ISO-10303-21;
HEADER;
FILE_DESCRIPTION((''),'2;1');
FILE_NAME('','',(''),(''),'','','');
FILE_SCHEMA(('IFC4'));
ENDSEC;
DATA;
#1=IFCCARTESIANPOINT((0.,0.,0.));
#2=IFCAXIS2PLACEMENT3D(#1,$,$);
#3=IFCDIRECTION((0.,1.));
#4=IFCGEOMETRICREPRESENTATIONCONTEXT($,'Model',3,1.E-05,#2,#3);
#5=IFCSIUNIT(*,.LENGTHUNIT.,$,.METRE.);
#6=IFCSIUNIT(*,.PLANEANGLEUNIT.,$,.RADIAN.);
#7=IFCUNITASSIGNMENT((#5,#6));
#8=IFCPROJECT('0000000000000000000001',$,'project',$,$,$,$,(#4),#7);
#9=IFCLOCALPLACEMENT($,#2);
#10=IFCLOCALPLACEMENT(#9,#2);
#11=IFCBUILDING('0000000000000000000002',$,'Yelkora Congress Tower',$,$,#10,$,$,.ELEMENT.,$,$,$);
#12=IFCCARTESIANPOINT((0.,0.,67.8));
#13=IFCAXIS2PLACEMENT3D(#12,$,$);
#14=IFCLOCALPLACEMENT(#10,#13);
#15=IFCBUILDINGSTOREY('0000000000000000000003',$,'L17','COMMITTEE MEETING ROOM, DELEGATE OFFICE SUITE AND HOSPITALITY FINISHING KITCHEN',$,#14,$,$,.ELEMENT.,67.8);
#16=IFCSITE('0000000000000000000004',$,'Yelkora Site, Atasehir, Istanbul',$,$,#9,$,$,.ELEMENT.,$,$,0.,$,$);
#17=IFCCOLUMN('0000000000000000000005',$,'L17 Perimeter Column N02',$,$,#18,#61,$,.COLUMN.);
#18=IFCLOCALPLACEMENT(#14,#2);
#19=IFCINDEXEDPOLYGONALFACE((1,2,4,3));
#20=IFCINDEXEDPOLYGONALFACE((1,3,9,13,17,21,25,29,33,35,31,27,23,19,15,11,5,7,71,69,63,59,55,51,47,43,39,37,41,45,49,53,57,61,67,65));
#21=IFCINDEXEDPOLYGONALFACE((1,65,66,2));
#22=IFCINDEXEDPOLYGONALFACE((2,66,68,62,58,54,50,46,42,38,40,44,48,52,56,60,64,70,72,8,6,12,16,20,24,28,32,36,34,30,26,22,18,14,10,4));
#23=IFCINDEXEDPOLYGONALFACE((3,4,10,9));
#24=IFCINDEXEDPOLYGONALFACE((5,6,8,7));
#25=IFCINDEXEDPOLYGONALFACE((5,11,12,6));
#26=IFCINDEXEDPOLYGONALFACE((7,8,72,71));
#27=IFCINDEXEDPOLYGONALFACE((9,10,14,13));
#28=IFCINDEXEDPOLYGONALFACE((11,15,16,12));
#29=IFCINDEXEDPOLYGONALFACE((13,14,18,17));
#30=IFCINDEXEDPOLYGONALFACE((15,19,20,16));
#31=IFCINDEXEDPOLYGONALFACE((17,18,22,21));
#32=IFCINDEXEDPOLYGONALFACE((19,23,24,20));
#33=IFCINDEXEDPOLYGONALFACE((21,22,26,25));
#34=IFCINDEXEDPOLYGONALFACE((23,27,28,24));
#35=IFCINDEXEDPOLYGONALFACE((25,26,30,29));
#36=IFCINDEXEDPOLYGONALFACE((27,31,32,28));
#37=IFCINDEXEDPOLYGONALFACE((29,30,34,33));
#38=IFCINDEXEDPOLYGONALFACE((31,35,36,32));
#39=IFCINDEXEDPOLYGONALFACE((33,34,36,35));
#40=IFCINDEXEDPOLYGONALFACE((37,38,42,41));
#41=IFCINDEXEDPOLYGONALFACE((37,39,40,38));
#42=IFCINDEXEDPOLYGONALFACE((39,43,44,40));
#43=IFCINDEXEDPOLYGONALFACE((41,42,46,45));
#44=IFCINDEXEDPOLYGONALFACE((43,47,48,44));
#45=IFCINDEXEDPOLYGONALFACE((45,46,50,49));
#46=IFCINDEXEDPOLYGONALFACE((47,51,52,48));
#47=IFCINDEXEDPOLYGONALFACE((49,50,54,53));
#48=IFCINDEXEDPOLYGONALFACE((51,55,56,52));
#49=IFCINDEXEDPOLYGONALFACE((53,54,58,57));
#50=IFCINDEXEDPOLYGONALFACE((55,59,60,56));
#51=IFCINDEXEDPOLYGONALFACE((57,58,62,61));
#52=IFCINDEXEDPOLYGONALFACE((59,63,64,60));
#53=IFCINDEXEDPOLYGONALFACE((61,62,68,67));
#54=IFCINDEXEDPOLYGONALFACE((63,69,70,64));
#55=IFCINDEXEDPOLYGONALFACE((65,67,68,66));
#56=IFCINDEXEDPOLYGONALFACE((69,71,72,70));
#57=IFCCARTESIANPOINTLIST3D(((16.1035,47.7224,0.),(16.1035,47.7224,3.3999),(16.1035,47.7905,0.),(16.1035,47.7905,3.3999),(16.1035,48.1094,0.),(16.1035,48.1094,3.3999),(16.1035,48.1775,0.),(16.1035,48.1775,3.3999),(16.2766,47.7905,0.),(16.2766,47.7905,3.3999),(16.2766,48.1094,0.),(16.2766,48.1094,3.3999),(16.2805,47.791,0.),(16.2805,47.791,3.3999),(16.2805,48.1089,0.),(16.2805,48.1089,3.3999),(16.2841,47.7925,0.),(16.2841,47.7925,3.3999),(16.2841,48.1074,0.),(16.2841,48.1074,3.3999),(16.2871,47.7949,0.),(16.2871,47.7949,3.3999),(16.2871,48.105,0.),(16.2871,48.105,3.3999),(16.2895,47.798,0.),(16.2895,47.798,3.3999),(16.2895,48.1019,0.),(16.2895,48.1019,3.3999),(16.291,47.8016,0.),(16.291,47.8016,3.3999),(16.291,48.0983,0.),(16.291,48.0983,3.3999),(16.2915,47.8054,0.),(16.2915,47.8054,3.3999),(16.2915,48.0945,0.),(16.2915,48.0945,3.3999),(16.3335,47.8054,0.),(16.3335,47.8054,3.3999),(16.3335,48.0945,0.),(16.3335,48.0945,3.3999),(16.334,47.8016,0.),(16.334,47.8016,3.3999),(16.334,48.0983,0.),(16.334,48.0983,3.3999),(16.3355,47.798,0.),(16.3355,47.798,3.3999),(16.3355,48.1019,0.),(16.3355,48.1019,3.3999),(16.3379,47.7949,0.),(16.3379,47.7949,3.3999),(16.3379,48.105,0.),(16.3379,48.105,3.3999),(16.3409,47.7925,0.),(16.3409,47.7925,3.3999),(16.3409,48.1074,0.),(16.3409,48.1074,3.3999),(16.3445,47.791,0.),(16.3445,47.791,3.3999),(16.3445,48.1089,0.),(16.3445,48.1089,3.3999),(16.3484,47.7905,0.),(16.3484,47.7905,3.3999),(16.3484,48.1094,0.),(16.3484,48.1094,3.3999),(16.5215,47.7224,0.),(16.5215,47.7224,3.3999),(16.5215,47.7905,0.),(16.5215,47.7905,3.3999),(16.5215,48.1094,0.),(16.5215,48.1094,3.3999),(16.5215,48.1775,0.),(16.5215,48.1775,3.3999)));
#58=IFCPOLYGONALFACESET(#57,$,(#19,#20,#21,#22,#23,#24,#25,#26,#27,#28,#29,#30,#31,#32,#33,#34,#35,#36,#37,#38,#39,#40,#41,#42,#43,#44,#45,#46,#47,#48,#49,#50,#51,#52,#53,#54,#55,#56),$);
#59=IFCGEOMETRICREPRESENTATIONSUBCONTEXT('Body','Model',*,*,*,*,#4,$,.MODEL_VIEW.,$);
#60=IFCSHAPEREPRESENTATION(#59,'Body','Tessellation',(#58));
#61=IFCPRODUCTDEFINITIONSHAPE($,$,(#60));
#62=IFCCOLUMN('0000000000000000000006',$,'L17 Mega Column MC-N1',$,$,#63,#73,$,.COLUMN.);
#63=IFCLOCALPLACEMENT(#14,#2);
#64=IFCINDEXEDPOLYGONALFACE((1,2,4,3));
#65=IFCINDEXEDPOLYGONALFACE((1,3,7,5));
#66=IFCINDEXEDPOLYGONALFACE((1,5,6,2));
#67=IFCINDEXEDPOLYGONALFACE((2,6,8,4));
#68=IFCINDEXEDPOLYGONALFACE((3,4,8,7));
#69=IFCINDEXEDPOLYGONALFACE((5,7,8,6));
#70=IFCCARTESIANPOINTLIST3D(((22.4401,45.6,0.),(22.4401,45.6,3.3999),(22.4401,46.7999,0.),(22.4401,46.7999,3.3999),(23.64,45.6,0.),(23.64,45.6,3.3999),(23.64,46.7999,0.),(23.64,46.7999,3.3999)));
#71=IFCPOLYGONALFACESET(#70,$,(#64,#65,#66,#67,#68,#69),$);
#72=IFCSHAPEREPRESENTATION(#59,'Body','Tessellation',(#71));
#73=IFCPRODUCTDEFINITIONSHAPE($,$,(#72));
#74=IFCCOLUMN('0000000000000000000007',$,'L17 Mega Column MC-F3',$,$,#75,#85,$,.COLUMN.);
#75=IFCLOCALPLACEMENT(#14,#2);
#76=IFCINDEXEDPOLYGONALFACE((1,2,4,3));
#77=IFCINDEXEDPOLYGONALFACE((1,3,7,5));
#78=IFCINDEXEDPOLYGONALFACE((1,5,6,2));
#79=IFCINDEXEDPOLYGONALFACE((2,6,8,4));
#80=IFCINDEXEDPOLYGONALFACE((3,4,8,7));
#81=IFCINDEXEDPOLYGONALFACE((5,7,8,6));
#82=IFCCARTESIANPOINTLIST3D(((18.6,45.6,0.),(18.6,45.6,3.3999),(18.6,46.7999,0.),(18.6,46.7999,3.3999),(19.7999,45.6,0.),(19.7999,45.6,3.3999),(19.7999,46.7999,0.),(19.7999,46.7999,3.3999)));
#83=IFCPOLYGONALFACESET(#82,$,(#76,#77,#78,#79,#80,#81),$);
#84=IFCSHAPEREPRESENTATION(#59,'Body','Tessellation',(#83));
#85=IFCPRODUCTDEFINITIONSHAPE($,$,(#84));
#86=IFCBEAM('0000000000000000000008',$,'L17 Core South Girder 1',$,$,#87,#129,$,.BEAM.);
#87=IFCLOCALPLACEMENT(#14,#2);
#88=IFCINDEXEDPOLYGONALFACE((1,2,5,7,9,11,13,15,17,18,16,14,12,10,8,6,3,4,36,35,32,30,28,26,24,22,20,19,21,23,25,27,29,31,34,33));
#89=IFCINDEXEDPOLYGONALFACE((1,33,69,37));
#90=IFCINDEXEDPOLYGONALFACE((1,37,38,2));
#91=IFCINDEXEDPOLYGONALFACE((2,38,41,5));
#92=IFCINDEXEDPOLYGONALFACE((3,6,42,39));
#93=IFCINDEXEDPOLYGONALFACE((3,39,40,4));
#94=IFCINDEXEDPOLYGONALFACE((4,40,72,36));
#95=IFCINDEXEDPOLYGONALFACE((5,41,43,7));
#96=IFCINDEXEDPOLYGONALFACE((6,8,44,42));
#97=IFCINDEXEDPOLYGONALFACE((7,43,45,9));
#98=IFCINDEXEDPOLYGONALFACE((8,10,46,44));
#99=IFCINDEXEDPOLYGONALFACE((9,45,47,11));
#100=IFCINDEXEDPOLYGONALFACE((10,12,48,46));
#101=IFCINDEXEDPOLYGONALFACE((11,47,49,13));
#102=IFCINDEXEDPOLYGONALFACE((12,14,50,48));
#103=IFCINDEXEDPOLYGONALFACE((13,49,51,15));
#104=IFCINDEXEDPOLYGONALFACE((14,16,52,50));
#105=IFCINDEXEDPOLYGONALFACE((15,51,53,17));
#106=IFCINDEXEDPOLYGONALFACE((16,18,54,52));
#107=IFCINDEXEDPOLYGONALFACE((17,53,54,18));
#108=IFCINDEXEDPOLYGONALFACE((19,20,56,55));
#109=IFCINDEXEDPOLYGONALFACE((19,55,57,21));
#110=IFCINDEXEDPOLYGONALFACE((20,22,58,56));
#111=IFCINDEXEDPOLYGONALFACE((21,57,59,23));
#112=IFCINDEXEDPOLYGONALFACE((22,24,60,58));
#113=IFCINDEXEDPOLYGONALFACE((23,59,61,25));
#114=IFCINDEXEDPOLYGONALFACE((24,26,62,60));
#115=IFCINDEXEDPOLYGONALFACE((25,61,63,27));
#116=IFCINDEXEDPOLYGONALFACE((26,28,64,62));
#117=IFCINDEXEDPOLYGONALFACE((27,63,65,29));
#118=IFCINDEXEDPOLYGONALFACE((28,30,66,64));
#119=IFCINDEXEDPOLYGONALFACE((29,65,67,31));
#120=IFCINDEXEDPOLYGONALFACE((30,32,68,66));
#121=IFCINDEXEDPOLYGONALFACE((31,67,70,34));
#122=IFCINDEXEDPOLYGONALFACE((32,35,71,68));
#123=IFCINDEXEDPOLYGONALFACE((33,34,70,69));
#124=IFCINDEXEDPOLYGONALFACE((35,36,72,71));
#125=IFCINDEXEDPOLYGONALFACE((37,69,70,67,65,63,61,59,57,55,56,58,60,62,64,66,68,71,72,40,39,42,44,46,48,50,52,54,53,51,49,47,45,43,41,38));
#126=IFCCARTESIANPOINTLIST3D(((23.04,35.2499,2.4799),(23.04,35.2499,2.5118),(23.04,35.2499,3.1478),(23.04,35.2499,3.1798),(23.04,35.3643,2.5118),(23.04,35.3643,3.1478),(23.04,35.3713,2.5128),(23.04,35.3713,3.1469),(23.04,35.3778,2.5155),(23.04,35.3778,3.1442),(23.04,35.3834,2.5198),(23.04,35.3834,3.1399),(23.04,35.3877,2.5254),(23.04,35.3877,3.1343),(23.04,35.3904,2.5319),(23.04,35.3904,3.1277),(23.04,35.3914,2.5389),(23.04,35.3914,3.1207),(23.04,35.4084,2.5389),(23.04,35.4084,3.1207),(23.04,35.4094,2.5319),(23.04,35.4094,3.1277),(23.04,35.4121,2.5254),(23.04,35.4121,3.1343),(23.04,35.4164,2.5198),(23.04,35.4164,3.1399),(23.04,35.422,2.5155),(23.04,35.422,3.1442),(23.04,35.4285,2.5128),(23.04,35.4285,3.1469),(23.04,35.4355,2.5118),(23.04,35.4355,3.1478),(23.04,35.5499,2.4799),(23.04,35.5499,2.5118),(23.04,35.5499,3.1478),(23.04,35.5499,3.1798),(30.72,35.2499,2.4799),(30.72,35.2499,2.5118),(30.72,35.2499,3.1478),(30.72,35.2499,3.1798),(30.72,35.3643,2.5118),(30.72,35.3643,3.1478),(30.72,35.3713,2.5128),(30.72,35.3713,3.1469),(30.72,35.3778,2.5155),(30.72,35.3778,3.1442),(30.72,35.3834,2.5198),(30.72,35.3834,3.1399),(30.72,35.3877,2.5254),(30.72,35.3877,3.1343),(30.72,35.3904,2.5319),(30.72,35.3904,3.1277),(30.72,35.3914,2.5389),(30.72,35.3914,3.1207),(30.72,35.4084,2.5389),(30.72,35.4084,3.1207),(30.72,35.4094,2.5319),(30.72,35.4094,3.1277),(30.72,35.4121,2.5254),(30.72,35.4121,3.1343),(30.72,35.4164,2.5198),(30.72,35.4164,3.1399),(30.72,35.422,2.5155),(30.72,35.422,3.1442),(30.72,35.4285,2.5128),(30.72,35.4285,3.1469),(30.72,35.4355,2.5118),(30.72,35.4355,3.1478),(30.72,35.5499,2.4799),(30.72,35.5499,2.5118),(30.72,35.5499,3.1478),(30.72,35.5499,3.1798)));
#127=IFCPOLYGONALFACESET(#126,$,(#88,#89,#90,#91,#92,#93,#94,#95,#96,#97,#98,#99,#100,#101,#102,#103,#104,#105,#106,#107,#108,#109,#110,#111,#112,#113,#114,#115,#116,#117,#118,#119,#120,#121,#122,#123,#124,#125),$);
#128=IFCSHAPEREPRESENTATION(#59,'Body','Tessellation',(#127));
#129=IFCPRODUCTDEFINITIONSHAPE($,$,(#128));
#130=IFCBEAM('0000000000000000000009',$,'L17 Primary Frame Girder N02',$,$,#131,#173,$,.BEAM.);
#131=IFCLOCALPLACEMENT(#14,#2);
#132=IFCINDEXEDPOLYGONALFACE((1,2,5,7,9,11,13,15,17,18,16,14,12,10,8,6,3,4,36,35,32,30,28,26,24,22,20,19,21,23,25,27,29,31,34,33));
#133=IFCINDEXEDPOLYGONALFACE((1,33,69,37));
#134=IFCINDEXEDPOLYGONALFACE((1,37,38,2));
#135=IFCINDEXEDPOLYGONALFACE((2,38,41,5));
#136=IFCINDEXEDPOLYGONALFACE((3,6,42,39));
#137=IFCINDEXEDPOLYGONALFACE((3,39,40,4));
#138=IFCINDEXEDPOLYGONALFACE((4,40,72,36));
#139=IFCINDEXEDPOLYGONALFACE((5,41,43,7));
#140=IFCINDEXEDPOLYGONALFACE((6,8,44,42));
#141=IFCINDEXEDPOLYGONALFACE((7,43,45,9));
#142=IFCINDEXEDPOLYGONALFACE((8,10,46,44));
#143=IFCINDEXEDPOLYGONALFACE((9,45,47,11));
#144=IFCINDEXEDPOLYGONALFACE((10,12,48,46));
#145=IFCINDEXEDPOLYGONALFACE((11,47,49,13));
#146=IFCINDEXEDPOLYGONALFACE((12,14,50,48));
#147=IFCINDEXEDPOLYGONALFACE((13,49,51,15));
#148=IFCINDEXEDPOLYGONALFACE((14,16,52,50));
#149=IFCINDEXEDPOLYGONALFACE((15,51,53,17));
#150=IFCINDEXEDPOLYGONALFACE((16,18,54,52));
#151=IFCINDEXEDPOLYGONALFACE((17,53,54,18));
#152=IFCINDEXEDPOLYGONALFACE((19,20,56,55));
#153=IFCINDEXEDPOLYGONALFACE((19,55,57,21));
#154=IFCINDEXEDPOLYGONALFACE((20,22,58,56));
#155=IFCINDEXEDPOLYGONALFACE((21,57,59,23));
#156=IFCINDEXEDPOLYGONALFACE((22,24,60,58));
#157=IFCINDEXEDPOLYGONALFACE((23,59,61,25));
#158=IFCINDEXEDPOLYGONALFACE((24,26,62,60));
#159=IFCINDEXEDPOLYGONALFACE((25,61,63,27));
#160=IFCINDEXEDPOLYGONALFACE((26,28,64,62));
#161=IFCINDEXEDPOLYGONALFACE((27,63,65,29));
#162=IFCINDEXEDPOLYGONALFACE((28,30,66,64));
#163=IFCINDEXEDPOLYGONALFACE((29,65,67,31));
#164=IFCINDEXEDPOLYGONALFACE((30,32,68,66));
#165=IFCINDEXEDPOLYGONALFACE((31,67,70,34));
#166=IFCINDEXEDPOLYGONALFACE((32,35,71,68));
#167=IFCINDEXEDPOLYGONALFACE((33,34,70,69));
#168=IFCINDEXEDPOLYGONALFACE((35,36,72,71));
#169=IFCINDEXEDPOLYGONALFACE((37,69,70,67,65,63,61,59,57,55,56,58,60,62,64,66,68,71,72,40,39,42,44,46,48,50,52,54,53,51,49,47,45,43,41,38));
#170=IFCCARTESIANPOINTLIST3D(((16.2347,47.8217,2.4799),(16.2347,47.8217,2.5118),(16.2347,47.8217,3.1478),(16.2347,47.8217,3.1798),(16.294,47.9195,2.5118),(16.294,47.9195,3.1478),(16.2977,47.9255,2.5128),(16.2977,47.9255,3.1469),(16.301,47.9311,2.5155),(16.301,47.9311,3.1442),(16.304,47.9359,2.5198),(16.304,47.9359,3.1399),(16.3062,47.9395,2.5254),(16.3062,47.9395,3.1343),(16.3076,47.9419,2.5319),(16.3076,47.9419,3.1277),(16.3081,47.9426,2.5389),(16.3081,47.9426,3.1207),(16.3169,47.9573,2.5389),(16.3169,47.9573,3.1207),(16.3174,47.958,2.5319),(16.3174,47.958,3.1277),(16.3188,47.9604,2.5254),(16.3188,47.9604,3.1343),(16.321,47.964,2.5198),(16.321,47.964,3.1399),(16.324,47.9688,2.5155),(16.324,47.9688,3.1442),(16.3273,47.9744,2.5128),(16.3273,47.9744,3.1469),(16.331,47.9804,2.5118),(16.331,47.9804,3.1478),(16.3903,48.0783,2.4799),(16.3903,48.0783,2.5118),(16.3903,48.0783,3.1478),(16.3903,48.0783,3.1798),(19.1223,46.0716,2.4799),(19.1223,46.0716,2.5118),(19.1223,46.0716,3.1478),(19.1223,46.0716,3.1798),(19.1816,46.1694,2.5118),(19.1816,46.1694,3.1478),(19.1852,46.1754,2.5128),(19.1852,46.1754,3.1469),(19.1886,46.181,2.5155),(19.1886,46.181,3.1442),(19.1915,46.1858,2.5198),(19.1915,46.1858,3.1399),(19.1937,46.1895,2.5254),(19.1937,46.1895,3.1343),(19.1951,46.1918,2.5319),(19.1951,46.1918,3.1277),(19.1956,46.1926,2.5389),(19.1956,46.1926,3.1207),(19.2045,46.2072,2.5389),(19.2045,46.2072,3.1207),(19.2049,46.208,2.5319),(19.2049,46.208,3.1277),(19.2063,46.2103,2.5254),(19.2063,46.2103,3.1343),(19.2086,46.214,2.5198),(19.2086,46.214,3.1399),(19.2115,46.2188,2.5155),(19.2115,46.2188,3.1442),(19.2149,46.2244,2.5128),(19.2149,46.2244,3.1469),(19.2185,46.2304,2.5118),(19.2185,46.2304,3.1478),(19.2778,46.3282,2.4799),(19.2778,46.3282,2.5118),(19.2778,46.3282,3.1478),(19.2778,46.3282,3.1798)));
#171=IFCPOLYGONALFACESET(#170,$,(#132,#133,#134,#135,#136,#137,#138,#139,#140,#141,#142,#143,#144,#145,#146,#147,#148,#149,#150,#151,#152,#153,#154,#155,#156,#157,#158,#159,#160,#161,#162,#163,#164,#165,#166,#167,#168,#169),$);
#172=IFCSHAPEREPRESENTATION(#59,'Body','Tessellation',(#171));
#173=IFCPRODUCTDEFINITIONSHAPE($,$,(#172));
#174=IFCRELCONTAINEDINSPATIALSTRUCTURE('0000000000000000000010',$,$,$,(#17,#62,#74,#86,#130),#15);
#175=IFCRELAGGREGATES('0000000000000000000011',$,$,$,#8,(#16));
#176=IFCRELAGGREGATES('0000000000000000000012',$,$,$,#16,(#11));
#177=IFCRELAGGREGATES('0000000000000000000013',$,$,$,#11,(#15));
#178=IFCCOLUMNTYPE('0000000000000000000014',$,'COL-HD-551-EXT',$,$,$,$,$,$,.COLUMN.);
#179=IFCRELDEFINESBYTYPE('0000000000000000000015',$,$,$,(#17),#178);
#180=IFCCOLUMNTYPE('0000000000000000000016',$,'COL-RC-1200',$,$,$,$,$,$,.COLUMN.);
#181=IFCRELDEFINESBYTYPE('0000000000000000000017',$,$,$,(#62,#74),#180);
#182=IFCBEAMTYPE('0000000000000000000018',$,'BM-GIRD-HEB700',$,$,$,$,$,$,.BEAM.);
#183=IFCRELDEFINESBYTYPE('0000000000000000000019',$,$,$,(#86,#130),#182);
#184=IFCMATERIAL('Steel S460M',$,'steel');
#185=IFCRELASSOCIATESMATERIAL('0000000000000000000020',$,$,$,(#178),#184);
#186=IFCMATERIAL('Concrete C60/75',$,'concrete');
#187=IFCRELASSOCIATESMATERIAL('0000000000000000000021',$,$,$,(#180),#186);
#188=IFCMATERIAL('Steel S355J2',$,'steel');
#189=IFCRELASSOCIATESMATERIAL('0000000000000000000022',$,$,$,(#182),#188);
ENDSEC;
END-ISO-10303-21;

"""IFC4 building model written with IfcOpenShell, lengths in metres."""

from ifc_helpers import new_model, si_unit, direction, frame, origin, origin_2d, place, context, subcontext, project, spatial, rectangle, i_section, extrude, material, material_profile, profile_set, type_object, element, save


model = new_model("IFC4")

# Units and contexts
model_context = context("Model", 3, precision=1e-05, world=origin(), true_north=direction((0.0, 1.0)))
body_context = subcontext(model_context, "Body", "Model", "MODEL_VIEW")
ifc_project = project(units=[si_unit("LENGTHUNIT", "METRE"), si_unit("PLANEANGLEUNIT", "RADIAN")], contexts=[model_context])

# Site, building, storey
site_placement = place(None, origin())
site = spatial("IfcSite", under=ifc_project, at=site_placement, Name="Yelkora Site, Atasehir, Istanbul", CompositionType="ELEMENT", RefElevation=0.0)
building_placement = place(site_placement, origin())
building = spatial("IfcBuilding", under=site, at=building_placement, Name="Yelkora Congress Tower", CompositionType="ELEMENT")
storey_placement = place(building_placement, frame((0.0, 0.0, 67.8)))
storey = spatial("IfcBuildingStorey", under=building, at=storey_placement, Name="L17", Description="COMMITTEE MEETING ROOM, DELEGATE OFFICE SUITE AND HOSPITALITY FINISHING KITCHEN", CompositionType="ELEMENT", Elevation=67.8)

# Columns
ifc_material_1 = material(Name="Steel S460M", Category="steel")
ifc_material_profile_1 = material_profile(ifc_material_1, i_section(OverallWidth=0.418, OverallDepth=0.4551, WebThickness=0.042, FlangeThickness=0.0681, FilletRadius=0.0149, at=origin_2d()), Name="HD 400x551")
ifc_profile_set_1 = profile_set([ifc_material_profile_1], Name="Steel S460M")
column_type_1 = type_object("IfcColumnType", Name="COL-HD-551-EXT", PredefinedType="COLUMN", material=ifc_profile_set_1)
column_placement = place(storey_placement, frame((16.3125, 47.95, 0.0), z_axis=(0.0, 0.0, 1.0), x_axis=(1.0, 0.0, 0.0)))
element("IfcColumn", 1, at=column_placement, inside=storey, type_object=column_type_1, Name="L17 Perimeter Column N02", PredefinedType="COLUMN", context=body_context, shape_type="SweptSolid", body=[
    extrude(i_section(OverallWidth=0.418, OverallDepth=0.4551, WebThickness=0.042, FlangeThickness=0.0681, FilletRadius=0.0149, at=origin_2d()), origin(), (0.0, 0.0, 1.0), 3.3999),
])
ifc_material_2 = material(Name="Concrete C60/75", Category="concrete")
ifc_material_profile_2 = material_profile(ifc_material_2, rectangle(XDim=1.2, YDim=1.2, at=origin_2d()), Name="RC 1200x1200")
ifc_profile_set_2 = profile_set([ifc_material_profile_2], Name="Concrete C60/75")
column_type_2 = type_object("IfcColumnType", Name="COL-RC-1200", PredefinedType="COLUMN", material=ifc_profile_set_2)
for number, where, z_axis, x_axis, name in (
    (2, (23.04, 46.2, 0.0), (0.0, 0.0, 1.0), (1.0, 0.0, 0.0), "L17 Mega Column MC-N1"),
    (3, (19.2, 46.2, 0.0), (0.0, 0.0, 1.0), (1.0, 0.0, 0.0), "L17 Mega Column MC-F3"),
):
    element("IfcColumn", number, at=place(storey_placement, frame(where, z_axis=z_axis, x_axis=x_axis)), inside=storey, type_object=column_type_2, Name=name, PredefinedType="COLUMN", context=body_context, shape_type="SweptSolid", body=[
        extrude(rectangle(XDim=1.2, YDim=1.2, at=origin_2d()), origin(), (0.0, 0.0, 1.0), 3.3999),
    ])

# Beams
ifc_material_3 = material(Name="Steel S355J2", Category="steel")
ifc_material_profile_3 = material_profile(ifc_material_3, i_section(OverallWidth=0.3, OverallDepth=0.7, WebThickness=0.0171, FlangeThickness=0.032, FilletRadius=0.0271, at=origin_2d()), Name="HEB 700")
ifc_profile_set_3 = profile_set([ifc_material_profile_3], Name="Steel S355J2")
beam_type_1 = type_object("IfcBeamType", Name="BM-GIRD-HEB700", PredefinedType="BEAM", material=ifc_profile_set_3)
beam_1_placement = place(storey_placement, frame((23.04, 35.3999, 2.8298), z_axis=(1.0, 0.0, 0.0), x_axis=(0.0, 1.0, 0.0)))
element("IfcBeam", 4, at=beam_1_placement, inside=storey, type_object=beam_type_1, Name="L17 Core South Girder 1", PredefinedType="BEAM", context=body_context, shape_type="SweptSolid", body=[
    extrude(i_section(OverallWidth=0.3, OverallDepth=0.7, WebThickness=0.0171, FlangeThickness=0.032, FilletRadius=0.0271, at=origin_2d()), origin(), (0.0, 0.0, 1.0), 7.6799),
])
beam_2_placement = place(storey_placement, frame((16.3125, 47.95, 2.8298), z_axis=(0.855194, -0.518308, 0.0), x_axis=(0.518308, 0.855194, 0.0)))
element("IfcBeam", 5, at=beam_2_placement, inside=storey, type_object=beam_type_1, Name="L17 Primary Frame Girder N02", PredefinedType="BEAM", context=body_context, shape_type="SweptSolid", body=[
    extrude(i_section(OverallWidth=0.3, OverallDepth=0.7, WebThickness=0.0171, FlangeThickness=0.032, FilletRadius=0.0271, at=origin_2d()), origin(), (0.0, 0.0, 1.0), 3.3765),
])

save(model, "model.ifc")
